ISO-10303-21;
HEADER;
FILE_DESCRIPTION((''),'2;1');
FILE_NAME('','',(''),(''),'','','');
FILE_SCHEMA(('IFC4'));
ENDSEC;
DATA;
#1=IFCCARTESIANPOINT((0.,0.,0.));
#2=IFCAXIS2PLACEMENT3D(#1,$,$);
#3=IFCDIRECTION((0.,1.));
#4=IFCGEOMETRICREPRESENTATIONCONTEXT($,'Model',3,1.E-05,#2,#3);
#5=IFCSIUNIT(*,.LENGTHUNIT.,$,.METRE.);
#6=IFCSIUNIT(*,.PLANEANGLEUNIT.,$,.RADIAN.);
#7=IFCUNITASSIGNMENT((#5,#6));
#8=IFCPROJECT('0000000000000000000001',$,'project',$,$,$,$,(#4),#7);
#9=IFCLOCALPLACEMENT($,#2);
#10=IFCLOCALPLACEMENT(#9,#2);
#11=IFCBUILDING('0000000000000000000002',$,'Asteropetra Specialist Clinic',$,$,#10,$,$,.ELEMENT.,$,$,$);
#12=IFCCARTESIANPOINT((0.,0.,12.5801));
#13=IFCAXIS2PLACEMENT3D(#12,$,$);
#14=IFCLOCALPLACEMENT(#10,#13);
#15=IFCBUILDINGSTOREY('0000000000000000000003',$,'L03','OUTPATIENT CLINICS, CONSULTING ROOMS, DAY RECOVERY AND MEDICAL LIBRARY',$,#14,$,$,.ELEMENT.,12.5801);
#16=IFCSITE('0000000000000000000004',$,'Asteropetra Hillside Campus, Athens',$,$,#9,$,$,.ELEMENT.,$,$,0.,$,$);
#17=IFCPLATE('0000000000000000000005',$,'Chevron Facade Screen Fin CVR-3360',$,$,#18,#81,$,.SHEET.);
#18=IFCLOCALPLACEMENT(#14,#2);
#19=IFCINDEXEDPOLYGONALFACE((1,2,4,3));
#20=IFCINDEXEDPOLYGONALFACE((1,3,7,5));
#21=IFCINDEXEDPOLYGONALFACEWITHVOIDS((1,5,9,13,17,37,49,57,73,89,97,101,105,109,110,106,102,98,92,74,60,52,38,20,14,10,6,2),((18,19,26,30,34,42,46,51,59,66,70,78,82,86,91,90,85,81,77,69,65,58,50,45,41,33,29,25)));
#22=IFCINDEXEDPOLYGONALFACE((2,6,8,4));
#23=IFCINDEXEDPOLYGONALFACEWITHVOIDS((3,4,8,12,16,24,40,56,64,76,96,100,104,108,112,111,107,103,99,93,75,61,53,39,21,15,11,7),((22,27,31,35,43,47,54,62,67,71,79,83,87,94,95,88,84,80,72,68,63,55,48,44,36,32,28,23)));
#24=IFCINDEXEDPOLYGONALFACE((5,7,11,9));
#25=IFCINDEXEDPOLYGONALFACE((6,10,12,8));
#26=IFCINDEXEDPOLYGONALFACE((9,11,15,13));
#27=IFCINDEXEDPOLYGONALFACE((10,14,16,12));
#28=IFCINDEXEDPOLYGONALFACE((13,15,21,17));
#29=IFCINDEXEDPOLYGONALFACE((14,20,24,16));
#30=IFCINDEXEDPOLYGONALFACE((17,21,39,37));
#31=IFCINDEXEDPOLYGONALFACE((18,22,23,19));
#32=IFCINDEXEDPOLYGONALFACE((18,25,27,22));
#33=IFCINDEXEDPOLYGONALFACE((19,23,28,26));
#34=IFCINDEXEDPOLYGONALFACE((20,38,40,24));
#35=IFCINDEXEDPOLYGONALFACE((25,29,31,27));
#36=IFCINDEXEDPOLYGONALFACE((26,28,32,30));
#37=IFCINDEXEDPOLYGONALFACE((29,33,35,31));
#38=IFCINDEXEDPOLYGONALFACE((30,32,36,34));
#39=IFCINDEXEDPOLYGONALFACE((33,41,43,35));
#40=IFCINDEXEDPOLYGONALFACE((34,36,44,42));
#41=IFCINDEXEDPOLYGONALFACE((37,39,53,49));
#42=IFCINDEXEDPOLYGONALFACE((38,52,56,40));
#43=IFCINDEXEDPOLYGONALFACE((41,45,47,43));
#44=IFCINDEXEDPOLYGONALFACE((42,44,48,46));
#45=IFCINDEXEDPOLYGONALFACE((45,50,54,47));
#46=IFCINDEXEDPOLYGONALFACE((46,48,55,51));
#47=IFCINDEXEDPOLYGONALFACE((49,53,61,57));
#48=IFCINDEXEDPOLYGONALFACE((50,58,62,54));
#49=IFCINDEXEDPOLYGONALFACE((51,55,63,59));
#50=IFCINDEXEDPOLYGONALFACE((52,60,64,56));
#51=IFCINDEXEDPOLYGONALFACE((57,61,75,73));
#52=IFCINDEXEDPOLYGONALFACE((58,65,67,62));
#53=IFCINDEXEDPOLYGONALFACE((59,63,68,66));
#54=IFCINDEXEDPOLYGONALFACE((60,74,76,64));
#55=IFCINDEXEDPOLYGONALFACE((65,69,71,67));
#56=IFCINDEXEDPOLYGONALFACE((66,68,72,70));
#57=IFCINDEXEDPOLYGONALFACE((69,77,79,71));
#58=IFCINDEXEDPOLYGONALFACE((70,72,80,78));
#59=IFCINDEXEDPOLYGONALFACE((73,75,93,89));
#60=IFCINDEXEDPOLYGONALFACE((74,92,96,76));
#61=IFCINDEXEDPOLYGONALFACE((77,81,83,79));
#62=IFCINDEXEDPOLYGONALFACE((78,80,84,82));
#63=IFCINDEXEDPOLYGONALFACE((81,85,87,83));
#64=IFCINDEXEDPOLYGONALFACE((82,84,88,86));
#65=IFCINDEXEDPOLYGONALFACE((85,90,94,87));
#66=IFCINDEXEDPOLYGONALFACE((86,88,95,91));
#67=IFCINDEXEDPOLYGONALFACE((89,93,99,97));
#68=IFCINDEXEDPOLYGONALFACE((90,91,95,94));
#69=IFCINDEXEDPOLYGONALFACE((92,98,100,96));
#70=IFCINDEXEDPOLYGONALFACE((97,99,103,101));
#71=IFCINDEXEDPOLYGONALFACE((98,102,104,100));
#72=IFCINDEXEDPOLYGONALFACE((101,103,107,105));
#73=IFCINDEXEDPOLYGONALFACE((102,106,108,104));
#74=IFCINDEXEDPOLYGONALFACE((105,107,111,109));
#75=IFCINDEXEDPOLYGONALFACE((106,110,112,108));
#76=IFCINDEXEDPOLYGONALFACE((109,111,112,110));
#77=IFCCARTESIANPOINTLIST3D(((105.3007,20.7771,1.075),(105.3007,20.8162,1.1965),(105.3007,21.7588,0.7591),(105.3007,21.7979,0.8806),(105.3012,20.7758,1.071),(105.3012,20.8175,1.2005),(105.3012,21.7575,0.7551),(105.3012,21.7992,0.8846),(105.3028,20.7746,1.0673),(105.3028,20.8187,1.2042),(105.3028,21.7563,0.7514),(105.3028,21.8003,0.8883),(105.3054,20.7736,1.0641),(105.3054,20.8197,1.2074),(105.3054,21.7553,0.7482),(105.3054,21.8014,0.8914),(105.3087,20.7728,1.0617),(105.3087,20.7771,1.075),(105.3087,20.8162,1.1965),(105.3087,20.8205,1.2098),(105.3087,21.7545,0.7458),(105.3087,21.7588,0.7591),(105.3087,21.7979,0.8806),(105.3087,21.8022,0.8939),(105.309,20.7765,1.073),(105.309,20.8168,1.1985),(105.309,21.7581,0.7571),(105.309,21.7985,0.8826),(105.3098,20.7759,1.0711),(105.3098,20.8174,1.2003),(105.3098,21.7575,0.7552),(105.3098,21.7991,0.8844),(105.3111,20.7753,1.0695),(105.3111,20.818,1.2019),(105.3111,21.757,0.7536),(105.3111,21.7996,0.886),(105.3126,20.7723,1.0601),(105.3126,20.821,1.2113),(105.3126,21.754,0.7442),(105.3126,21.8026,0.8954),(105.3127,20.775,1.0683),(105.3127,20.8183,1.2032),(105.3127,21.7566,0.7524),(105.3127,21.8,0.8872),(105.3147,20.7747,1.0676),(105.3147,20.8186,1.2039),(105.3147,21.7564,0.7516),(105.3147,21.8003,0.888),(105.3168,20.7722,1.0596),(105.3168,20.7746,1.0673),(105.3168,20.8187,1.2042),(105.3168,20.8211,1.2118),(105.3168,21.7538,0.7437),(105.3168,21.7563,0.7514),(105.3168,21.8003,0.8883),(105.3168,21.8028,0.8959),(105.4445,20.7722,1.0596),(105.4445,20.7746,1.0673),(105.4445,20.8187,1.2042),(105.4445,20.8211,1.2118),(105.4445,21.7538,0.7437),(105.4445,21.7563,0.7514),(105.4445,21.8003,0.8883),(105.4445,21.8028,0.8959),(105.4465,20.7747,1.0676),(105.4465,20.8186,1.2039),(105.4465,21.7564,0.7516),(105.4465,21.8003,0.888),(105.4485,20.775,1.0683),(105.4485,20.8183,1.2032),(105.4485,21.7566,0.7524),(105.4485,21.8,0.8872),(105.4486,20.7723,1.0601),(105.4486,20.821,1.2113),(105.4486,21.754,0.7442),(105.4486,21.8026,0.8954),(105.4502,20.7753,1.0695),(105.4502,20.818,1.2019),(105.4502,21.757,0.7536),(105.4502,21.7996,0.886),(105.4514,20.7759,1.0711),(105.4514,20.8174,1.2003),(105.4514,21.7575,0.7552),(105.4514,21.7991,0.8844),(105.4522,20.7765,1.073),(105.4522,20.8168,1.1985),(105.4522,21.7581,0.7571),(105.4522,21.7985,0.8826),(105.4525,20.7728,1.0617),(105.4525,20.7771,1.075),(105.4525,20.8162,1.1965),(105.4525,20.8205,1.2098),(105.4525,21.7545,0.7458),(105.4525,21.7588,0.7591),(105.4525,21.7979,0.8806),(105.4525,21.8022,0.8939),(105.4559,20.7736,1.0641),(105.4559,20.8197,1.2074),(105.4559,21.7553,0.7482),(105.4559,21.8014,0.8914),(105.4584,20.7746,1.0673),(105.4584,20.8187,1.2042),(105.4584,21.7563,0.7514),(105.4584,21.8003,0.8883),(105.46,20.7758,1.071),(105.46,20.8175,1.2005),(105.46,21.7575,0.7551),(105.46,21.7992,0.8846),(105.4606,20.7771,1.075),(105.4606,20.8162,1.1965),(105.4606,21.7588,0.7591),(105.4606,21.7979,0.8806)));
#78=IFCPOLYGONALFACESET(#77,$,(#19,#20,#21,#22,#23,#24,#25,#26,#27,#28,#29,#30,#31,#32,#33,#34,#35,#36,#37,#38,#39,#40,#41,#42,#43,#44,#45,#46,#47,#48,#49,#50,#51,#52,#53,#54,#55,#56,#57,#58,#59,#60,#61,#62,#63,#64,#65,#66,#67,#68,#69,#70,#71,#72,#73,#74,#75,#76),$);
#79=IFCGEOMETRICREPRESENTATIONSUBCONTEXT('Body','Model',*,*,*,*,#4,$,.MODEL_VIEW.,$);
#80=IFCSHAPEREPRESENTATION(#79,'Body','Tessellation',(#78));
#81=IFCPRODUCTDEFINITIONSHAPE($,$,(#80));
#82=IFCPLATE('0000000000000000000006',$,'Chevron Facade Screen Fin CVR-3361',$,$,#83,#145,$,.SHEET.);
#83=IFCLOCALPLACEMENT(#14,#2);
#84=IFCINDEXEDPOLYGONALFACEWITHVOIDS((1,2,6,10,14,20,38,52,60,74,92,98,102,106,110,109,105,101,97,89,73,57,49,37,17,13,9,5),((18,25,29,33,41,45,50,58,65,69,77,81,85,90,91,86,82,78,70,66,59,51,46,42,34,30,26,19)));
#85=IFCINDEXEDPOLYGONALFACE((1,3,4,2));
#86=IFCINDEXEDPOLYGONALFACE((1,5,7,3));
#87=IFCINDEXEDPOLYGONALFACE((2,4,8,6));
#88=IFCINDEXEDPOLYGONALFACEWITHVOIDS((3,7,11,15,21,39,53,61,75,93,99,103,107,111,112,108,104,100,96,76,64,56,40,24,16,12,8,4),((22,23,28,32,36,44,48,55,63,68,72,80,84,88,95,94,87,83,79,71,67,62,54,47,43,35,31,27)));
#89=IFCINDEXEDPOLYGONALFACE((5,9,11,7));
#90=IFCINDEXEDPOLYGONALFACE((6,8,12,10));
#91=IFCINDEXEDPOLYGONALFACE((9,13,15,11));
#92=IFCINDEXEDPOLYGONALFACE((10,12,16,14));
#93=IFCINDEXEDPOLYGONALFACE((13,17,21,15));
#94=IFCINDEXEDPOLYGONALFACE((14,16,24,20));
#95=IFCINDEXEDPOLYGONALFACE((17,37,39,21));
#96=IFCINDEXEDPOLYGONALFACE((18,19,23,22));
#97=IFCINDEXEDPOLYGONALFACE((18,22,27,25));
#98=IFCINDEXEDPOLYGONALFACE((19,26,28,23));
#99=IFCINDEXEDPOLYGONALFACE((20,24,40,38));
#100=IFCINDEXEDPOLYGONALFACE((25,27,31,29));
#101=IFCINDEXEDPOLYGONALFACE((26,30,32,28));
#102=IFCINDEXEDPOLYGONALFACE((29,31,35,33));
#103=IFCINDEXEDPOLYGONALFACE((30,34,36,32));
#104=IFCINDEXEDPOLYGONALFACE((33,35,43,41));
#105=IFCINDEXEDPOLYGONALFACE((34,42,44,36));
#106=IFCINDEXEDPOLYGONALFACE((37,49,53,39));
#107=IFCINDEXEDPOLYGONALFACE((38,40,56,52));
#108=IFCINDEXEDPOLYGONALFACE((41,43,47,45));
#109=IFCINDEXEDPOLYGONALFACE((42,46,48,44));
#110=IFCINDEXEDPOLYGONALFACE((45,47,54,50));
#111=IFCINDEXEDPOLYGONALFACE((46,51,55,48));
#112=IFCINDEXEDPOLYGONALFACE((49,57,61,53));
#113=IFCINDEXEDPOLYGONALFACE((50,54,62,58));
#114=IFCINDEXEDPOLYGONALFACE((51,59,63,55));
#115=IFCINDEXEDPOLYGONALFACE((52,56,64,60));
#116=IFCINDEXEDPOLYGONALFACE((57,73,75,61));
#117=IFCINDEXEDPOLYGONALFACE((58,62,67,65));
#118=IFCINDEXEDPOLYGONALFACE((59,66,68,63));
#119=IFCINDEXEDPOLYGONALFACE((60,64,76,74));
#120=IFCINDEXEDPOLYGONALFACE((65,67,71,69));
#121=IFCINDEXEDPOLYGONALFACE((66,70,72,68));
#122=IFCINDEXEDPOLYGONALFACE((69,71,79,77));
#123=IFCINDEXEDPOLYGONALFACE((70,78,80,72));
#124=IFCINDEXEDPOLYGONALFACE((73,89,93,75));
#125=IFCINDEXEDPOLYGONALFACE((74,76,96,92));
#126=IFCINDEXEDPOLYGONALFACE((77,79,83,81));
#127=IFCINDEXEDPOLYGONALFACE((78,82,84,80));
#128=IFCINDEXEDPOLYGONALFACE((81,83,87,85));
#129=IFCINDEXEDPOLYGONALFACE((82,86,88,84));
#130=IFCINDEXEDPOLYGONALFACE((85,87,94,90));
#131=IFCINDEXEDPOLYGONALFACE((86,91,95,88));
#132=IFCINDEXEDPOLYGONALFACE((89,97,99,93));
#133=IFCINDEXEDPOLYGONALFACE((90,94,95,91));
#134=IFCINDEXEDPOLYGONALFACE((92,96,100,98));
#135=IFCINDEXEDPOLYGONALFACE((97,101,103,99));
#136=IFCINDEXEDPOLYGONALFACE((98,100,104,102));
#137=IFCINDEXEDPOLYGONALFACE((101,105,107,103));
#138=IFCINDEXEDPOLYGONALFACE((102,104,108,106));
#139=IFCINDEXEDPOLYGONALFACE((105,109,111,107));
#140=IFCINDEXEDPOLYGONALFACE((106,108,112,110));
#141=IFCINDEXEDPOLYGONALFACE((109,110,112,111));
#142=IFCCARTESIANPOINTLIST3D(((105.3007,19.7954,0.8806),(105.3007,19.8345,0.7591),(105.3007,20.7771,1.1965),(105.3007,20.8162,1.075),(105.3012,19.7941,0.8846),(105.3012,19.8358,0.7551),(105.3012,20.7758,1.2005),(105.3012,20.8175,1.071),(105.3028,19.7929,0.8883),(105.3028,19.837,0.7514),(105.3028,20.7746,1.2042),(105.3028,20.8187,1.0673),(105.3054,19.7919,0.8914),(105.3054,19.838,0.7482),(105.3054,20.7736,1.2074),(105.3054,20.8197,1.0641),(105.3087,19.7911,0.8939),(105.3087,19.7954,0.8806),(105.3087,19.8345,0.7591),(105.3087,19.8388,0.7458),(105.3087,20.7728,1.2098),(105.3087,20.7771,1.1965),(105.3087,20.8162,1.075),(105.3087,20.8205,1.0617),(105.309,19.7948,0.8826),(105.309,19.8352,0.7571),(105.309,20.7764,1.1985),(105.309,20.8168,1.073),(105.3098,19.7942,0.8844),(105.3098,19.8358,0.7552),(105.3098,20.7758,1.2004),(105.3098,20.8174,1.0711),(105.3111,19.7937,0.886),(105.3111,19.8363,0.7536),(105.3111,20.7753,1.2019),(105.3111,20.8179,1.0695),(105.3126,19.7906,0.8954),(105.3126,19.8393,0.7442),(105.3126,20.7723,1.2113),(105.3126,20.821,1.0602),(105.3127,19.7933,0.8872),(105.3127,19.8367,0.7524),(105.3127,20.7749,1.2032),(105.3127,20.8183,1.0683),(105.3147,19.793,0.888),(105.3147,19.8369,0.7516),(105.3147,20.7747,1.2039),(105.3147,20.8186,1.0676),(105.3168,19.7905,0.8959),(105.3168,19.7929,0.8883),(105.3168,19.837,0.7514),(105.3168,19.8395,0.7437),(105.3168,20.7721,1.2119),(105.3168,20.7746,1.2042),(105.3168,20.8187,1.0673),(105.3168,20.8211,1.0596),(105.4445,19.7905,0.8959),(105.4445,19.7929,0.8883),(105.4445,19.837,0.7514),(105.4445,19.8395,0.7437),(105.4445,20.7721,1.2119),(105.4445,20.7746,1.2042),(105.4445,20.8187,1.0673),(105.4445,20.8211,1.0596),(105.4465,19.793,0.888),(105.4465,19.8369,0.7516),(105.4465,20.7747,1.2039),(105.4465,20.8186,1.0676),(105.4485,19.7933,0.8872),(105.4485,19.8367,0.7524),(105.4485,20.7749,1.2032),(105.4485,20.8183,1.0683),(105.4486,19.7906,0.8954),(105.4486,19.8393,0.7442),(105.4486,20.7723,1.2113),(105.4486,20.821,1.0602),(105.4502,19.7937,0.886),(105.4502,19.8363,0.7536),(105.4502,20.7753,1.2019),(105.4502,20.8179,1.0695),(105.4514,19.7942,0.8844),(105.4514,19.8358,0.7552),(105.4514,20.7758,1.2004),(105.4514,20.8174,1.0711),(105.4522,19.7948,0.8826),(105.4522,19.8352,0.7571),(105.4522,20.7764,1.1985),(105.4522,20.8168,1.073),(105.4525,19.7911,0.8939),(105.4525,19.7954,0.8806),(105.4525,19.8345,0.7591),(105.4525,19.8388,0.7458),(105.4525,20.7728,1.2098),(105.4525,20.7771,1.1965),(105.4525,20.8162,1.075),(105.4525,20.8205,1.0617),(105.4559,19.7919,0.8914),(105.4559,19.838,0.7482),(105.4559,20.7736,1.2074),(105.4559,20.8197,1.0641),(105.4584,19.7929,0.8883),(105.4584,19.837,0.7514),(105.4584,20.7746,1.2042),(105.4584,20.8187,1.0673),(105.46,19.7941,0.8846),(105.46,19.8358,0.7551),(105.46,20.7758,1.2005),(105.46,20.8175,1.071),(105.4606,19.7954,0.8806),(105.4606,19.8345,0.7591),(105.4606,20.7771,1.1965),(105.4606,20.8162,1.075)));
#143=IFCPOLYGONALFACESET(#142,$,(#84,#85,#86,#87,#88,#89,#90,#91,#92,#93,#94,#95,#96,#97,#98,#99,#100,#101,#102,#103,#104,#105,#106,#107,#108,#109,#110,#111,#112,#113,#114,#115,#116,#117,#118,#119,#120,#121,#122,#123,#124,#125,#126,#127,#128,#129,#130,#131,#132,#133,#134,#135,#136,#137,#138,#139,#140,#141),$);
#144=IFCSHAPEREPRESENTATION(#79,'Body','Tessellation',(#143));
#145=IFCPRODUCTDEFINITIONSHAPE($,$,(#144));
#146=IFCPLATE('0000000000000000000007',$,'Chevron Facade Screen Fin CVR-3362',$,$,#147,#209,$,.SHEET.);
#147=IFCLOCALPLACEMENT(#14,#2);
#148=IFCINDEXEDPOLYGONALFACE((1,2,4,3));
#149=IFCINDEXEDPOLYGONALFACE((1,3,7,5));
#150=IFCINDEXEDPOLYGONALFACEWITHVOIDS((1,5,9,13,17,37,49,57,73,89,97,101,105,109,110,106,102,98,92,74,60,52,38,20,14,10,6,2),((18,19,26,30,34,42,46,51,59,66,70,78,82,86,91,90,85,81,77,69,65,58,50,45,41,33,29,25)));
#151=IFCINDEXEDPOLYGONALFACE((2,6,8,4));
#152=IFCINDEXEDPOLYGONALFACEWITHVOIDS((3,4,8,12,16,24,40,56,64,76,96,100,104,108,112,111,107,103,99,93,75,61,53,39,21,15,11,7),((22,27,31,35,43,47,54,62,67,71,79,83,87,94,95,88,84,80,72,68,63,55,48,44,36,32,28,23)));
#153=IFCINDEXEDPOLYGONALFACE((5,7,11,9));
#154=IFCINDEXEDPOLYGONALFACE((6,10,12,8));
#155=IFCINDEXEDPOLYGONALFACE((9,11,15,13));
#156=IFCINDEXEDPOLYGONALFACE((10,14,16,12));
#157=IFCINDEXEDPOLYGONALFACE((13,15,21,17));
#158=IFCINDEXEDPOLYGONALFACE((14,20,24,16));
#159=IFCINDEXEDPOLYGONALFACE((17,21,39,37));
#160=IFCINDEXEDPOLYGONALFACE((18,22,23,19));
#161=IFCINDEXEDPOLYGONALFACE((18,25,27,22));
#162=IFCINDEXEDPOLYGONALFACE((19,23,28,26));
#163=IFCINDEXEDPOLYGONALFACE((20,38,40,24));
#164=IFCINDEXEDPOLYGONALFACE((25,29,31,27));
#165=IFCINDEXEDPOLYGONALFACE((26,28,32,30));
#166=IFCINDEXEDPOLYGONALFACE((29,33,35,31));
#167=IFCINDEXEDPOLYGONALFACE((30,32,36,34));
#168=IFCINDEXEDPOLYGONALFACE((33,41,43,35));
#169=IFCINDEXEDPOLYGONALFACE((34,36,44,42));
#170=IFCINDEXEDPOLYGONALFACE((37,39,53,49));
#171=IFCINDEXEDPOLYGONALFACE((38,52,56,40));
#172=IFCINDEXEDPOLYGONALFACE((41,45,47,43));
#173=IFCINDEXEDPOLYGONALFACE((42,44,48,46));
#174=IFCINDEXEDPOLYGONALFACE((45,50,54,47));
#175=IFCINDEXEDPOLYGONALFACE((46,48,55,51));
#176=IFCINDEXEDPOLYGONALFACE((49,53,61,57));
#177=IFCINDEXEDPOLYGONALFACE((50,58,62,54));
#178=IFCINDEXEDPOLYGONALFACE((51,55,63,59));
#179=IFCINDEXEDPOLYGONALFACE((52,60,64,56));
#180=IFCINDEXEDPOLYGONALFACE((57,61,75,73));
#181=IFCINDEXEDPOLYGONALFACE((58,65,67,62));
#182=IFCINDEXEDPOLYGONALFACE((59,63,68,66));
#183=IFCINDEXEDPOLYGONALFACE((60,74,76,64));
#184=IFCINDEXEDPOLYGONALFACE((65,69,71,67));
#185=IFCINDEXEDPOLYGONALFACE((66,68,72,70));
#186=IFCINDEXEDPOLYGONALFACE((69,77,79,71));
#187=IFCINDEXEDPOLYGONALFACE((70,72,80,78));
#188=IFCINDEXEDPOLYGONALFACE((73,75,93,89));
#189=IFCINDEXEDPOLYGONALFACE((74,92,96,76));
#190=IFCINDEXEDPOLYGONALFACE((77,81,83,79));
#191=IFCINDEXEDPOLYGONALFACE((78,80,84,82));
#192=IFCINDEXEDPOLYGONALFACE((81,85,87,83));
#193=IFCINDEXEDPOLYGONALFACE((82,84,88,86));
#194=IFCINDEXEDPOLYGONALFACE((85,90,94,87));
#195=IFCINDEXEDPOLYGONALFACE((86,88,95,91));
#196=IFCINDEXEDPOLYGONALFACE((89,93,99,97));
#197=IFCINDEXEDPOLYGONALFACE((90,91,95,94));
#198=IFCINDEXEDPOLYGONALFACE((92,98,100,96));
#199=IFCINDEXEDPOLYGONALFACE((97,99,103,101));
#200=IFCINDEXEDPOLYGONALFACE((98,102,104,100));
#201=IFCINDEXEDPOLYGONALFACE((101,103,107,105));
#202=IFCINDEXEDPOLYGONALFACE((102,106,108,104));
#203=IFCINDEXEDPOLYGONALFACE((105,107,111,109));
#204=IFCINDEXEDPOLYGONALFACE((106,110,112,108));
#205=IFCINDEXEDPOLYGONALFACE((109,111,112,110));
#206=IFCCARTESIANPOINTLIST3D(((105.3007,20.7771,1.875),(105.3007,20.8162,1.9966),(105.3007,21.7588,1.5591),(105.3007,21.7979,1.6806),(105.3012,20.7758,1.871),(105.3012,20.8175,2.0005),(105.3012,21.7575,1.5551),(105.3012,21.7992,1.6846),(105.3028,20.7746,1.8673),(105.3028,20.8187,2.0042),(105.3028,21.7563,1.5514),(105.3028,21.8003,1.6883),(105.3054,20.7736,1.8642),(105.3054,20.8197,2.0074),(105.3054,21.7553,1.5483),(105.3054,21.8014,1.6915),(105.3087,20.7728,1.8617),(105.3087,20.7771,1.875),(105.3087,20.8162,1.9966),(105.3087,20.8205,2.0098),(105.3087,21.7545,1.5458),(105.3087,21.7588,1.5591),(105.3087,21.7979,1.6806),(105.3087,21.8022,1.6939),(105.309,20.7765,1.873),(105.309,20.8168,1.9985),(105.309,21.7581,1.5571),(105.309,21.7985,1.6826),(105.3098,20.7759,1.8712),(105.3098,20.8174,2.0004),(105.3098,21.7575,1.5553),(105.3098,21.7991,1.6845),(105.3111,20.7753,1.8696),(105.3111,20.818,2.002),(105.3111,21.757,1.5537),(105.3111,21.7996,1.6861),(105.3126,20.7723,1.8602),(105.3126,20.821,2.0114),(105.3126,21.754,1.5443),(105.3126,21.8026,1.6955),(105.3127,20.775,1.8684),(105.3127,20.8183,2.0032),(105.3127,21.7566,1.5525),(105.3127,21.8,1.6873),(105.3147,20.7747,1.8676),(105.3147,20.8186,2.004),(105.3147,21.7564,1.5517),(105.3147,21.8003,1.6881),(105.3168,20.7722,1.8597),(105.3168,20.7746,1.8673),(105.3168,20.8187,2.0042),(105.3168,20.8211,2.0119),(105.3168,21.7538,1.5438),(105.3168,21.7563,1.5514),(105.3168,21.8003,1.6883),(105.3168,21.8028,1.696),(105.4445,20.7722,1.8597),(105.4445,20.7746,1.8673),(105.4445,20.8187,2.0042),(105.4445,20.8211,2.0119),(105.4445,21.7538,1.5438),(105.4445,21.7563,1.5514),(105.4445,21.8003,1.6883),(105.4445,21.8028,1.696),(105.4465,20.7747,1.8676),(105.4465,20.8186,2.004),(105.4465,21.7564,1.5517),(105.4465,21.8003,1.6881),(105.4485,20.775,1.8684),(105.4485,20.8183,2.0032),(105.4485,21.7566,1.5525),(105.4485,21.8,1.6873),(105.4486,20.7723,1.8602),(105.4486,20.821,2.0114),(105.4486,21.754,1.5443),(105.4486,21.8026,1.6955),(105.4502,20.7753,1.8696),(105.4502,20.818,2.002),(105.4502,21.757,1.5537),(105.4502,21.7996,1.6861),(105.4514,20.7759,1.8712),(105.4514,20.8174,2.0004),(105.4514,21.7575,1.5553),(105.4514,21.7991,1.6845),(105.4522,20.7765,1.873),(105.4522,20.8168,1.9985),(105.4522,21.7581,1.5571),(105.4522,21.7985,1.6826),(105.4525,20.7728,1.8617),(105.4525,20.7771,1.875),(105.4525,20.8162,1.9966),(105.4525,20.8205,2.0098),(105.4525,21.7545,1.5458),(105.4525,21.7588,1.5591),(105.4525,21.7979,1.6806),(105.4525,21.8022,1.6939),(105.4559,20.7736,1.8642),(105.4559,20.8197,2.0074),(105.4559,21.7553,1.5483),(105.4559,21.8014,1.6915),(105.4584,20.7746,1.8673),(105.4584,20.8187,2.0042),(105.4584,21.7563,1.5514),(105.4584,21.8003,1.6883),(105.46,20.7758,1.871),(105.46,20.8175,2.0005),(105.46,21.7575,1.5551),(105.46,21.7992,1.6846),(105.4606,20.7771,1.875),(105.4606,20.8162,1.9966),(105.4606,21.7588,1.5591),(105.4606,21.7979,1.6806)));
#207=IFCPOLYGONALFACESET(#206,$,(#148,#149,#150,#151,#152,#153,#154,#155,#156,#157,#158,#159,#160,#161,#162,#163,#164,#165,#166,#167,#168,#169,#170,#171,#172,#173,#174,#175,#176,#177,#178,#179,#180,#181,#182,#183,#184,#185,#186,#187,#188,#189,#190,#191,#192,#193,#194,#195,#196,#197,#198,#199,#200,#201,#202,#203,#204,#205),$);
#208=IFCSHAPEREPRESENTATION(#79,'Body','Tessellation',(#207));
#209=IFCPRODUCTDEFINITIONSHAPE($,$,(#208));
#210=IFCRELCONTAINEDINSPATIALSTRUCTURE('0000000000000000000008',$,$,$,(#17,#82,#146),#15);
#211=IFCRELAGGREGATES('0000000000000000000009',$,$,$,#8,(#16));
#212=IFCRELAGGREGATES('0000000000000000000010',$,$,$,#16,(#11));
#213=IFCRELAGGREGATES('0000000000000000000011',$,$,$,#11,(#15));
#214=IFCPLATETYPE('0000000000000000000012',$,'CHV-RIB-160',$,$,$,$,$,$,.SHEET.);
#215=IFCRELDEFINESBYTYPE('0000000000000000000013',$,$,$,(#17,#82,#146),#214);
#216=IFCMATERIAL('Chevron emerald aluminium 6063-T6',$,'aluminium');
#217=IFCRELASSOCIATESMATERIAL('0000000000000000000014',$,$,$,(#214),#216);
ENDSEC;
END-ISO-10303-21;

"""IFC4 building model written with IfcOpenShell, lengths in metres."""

from ifc_helpers import new_model, si_unit, direction, frame, origin, origin_2d, place, context, subcontext, project, spatial, hollow_rectangle, extrude, material, material_profile, profile_set, type_object, element, save


model = new_model("IFC4")

# Units and contexts
model_context = context("Model", 3, precision=1e-05, world=origin(), true_north=direction((0.0, 1.0)))
body_context = subcontext(model_context, "Body", "Model", "MODEL_VIEW")
ifc_project = project(units=[si_unit("LENGTHUNIT", "METRE"), si_unit("PLANEANGLEUNIT", "RADIAN")], contexts=[model_context])

# Site, building, storey
site_placement = place(None, origin())
site = spatial("IfcSite", under=ifc_project, at=site_placement, Name="Asteropetra Hillside Campus, Athens", CompositionType="ELEMENT", RefElevation=0.0)
building_placement = place(site_placement, origin())
building = spatial("IfcBuilding", under=site, at=building_placement, Name="Asteropetra Specialist Clinic", CompositionType="ELEMENT")
storey_placement = place(building_placement, frame((0.0, 0.0, 12.5801)))
storey = spatial("IfcBuildingStorey", under=building, at=storey_placement, Name="L03", Description="OUTPATIENT CLINICS, CONSULTING ROOMS, DAY RECOVERY AND MEDICAL LIBRARY", CompositionType="ELEMENT", Elevation=12.5801)

# Plates
ifc_material_1 = material(Name="Chevron emerald aluminium 6063-T6", Category="aluminium")
ifc_material_profile_1 = material_profile(ifc_material_1, hollow_rectangle(XDim=0.1599, YDim=0.1599, WallThickness=0.0081, InnerFilletRadius=0.0081, OuterFilletRadius=0.0161, at=origin_2d()), Name="SHS 160x160x8.0")
ifc_profile_set_1 = profile_set([ifc_material_profile_1], Name="Chevron emerald aluminium 6063-T6")
plate_type = type_object("IfcPlateType", Name="CHV-RIB-160", PredefinedType="SHEET", material=ifc_profile_set_1)
for number, where, z_axis, x_axis, name in (
    (1, (105.3806, 21.7783, 0.8198), (0.0, -0.951923, 0.306339), (1.0, 0.0, 0.0), "Chevron Facade Screen Fin CVR-3360"),
    (2, (105.3806, 20.7966, 1.1357), (0.0, -0.951923, -0.306339), (1.0, 0.0, 0.0), "Chevron Facade Screen Fin CVR-3361"),
    (3, (105.3806, 21.7783, 1.6199), (0.0, -0.951923, 0.306339), (1.0, 0.0, 0.0), "Chevron Facade Screen Fin CVR-3362"),
):
    element("IfcPlate", number, at=place(storey_placement, frame(where, z_axis=z_axis, x_axis=x_axis)), inside=storey, type_object=plate_type, Name=name, PredefinedType="SHEET", context=body_context, shape_type="SweptSolid", body=[
        extrude(hollow_rectangle(XDim=0.1599, YDim=0.1599, WallThickness=0.0081, InnerFilletRadius=0.0081, OuterFilletRadius=0.0161, at=origin_2d()), origin(), (0.0, 0.0, 1.0), 1.0312),
    ])

save(model, "model.ifc")
